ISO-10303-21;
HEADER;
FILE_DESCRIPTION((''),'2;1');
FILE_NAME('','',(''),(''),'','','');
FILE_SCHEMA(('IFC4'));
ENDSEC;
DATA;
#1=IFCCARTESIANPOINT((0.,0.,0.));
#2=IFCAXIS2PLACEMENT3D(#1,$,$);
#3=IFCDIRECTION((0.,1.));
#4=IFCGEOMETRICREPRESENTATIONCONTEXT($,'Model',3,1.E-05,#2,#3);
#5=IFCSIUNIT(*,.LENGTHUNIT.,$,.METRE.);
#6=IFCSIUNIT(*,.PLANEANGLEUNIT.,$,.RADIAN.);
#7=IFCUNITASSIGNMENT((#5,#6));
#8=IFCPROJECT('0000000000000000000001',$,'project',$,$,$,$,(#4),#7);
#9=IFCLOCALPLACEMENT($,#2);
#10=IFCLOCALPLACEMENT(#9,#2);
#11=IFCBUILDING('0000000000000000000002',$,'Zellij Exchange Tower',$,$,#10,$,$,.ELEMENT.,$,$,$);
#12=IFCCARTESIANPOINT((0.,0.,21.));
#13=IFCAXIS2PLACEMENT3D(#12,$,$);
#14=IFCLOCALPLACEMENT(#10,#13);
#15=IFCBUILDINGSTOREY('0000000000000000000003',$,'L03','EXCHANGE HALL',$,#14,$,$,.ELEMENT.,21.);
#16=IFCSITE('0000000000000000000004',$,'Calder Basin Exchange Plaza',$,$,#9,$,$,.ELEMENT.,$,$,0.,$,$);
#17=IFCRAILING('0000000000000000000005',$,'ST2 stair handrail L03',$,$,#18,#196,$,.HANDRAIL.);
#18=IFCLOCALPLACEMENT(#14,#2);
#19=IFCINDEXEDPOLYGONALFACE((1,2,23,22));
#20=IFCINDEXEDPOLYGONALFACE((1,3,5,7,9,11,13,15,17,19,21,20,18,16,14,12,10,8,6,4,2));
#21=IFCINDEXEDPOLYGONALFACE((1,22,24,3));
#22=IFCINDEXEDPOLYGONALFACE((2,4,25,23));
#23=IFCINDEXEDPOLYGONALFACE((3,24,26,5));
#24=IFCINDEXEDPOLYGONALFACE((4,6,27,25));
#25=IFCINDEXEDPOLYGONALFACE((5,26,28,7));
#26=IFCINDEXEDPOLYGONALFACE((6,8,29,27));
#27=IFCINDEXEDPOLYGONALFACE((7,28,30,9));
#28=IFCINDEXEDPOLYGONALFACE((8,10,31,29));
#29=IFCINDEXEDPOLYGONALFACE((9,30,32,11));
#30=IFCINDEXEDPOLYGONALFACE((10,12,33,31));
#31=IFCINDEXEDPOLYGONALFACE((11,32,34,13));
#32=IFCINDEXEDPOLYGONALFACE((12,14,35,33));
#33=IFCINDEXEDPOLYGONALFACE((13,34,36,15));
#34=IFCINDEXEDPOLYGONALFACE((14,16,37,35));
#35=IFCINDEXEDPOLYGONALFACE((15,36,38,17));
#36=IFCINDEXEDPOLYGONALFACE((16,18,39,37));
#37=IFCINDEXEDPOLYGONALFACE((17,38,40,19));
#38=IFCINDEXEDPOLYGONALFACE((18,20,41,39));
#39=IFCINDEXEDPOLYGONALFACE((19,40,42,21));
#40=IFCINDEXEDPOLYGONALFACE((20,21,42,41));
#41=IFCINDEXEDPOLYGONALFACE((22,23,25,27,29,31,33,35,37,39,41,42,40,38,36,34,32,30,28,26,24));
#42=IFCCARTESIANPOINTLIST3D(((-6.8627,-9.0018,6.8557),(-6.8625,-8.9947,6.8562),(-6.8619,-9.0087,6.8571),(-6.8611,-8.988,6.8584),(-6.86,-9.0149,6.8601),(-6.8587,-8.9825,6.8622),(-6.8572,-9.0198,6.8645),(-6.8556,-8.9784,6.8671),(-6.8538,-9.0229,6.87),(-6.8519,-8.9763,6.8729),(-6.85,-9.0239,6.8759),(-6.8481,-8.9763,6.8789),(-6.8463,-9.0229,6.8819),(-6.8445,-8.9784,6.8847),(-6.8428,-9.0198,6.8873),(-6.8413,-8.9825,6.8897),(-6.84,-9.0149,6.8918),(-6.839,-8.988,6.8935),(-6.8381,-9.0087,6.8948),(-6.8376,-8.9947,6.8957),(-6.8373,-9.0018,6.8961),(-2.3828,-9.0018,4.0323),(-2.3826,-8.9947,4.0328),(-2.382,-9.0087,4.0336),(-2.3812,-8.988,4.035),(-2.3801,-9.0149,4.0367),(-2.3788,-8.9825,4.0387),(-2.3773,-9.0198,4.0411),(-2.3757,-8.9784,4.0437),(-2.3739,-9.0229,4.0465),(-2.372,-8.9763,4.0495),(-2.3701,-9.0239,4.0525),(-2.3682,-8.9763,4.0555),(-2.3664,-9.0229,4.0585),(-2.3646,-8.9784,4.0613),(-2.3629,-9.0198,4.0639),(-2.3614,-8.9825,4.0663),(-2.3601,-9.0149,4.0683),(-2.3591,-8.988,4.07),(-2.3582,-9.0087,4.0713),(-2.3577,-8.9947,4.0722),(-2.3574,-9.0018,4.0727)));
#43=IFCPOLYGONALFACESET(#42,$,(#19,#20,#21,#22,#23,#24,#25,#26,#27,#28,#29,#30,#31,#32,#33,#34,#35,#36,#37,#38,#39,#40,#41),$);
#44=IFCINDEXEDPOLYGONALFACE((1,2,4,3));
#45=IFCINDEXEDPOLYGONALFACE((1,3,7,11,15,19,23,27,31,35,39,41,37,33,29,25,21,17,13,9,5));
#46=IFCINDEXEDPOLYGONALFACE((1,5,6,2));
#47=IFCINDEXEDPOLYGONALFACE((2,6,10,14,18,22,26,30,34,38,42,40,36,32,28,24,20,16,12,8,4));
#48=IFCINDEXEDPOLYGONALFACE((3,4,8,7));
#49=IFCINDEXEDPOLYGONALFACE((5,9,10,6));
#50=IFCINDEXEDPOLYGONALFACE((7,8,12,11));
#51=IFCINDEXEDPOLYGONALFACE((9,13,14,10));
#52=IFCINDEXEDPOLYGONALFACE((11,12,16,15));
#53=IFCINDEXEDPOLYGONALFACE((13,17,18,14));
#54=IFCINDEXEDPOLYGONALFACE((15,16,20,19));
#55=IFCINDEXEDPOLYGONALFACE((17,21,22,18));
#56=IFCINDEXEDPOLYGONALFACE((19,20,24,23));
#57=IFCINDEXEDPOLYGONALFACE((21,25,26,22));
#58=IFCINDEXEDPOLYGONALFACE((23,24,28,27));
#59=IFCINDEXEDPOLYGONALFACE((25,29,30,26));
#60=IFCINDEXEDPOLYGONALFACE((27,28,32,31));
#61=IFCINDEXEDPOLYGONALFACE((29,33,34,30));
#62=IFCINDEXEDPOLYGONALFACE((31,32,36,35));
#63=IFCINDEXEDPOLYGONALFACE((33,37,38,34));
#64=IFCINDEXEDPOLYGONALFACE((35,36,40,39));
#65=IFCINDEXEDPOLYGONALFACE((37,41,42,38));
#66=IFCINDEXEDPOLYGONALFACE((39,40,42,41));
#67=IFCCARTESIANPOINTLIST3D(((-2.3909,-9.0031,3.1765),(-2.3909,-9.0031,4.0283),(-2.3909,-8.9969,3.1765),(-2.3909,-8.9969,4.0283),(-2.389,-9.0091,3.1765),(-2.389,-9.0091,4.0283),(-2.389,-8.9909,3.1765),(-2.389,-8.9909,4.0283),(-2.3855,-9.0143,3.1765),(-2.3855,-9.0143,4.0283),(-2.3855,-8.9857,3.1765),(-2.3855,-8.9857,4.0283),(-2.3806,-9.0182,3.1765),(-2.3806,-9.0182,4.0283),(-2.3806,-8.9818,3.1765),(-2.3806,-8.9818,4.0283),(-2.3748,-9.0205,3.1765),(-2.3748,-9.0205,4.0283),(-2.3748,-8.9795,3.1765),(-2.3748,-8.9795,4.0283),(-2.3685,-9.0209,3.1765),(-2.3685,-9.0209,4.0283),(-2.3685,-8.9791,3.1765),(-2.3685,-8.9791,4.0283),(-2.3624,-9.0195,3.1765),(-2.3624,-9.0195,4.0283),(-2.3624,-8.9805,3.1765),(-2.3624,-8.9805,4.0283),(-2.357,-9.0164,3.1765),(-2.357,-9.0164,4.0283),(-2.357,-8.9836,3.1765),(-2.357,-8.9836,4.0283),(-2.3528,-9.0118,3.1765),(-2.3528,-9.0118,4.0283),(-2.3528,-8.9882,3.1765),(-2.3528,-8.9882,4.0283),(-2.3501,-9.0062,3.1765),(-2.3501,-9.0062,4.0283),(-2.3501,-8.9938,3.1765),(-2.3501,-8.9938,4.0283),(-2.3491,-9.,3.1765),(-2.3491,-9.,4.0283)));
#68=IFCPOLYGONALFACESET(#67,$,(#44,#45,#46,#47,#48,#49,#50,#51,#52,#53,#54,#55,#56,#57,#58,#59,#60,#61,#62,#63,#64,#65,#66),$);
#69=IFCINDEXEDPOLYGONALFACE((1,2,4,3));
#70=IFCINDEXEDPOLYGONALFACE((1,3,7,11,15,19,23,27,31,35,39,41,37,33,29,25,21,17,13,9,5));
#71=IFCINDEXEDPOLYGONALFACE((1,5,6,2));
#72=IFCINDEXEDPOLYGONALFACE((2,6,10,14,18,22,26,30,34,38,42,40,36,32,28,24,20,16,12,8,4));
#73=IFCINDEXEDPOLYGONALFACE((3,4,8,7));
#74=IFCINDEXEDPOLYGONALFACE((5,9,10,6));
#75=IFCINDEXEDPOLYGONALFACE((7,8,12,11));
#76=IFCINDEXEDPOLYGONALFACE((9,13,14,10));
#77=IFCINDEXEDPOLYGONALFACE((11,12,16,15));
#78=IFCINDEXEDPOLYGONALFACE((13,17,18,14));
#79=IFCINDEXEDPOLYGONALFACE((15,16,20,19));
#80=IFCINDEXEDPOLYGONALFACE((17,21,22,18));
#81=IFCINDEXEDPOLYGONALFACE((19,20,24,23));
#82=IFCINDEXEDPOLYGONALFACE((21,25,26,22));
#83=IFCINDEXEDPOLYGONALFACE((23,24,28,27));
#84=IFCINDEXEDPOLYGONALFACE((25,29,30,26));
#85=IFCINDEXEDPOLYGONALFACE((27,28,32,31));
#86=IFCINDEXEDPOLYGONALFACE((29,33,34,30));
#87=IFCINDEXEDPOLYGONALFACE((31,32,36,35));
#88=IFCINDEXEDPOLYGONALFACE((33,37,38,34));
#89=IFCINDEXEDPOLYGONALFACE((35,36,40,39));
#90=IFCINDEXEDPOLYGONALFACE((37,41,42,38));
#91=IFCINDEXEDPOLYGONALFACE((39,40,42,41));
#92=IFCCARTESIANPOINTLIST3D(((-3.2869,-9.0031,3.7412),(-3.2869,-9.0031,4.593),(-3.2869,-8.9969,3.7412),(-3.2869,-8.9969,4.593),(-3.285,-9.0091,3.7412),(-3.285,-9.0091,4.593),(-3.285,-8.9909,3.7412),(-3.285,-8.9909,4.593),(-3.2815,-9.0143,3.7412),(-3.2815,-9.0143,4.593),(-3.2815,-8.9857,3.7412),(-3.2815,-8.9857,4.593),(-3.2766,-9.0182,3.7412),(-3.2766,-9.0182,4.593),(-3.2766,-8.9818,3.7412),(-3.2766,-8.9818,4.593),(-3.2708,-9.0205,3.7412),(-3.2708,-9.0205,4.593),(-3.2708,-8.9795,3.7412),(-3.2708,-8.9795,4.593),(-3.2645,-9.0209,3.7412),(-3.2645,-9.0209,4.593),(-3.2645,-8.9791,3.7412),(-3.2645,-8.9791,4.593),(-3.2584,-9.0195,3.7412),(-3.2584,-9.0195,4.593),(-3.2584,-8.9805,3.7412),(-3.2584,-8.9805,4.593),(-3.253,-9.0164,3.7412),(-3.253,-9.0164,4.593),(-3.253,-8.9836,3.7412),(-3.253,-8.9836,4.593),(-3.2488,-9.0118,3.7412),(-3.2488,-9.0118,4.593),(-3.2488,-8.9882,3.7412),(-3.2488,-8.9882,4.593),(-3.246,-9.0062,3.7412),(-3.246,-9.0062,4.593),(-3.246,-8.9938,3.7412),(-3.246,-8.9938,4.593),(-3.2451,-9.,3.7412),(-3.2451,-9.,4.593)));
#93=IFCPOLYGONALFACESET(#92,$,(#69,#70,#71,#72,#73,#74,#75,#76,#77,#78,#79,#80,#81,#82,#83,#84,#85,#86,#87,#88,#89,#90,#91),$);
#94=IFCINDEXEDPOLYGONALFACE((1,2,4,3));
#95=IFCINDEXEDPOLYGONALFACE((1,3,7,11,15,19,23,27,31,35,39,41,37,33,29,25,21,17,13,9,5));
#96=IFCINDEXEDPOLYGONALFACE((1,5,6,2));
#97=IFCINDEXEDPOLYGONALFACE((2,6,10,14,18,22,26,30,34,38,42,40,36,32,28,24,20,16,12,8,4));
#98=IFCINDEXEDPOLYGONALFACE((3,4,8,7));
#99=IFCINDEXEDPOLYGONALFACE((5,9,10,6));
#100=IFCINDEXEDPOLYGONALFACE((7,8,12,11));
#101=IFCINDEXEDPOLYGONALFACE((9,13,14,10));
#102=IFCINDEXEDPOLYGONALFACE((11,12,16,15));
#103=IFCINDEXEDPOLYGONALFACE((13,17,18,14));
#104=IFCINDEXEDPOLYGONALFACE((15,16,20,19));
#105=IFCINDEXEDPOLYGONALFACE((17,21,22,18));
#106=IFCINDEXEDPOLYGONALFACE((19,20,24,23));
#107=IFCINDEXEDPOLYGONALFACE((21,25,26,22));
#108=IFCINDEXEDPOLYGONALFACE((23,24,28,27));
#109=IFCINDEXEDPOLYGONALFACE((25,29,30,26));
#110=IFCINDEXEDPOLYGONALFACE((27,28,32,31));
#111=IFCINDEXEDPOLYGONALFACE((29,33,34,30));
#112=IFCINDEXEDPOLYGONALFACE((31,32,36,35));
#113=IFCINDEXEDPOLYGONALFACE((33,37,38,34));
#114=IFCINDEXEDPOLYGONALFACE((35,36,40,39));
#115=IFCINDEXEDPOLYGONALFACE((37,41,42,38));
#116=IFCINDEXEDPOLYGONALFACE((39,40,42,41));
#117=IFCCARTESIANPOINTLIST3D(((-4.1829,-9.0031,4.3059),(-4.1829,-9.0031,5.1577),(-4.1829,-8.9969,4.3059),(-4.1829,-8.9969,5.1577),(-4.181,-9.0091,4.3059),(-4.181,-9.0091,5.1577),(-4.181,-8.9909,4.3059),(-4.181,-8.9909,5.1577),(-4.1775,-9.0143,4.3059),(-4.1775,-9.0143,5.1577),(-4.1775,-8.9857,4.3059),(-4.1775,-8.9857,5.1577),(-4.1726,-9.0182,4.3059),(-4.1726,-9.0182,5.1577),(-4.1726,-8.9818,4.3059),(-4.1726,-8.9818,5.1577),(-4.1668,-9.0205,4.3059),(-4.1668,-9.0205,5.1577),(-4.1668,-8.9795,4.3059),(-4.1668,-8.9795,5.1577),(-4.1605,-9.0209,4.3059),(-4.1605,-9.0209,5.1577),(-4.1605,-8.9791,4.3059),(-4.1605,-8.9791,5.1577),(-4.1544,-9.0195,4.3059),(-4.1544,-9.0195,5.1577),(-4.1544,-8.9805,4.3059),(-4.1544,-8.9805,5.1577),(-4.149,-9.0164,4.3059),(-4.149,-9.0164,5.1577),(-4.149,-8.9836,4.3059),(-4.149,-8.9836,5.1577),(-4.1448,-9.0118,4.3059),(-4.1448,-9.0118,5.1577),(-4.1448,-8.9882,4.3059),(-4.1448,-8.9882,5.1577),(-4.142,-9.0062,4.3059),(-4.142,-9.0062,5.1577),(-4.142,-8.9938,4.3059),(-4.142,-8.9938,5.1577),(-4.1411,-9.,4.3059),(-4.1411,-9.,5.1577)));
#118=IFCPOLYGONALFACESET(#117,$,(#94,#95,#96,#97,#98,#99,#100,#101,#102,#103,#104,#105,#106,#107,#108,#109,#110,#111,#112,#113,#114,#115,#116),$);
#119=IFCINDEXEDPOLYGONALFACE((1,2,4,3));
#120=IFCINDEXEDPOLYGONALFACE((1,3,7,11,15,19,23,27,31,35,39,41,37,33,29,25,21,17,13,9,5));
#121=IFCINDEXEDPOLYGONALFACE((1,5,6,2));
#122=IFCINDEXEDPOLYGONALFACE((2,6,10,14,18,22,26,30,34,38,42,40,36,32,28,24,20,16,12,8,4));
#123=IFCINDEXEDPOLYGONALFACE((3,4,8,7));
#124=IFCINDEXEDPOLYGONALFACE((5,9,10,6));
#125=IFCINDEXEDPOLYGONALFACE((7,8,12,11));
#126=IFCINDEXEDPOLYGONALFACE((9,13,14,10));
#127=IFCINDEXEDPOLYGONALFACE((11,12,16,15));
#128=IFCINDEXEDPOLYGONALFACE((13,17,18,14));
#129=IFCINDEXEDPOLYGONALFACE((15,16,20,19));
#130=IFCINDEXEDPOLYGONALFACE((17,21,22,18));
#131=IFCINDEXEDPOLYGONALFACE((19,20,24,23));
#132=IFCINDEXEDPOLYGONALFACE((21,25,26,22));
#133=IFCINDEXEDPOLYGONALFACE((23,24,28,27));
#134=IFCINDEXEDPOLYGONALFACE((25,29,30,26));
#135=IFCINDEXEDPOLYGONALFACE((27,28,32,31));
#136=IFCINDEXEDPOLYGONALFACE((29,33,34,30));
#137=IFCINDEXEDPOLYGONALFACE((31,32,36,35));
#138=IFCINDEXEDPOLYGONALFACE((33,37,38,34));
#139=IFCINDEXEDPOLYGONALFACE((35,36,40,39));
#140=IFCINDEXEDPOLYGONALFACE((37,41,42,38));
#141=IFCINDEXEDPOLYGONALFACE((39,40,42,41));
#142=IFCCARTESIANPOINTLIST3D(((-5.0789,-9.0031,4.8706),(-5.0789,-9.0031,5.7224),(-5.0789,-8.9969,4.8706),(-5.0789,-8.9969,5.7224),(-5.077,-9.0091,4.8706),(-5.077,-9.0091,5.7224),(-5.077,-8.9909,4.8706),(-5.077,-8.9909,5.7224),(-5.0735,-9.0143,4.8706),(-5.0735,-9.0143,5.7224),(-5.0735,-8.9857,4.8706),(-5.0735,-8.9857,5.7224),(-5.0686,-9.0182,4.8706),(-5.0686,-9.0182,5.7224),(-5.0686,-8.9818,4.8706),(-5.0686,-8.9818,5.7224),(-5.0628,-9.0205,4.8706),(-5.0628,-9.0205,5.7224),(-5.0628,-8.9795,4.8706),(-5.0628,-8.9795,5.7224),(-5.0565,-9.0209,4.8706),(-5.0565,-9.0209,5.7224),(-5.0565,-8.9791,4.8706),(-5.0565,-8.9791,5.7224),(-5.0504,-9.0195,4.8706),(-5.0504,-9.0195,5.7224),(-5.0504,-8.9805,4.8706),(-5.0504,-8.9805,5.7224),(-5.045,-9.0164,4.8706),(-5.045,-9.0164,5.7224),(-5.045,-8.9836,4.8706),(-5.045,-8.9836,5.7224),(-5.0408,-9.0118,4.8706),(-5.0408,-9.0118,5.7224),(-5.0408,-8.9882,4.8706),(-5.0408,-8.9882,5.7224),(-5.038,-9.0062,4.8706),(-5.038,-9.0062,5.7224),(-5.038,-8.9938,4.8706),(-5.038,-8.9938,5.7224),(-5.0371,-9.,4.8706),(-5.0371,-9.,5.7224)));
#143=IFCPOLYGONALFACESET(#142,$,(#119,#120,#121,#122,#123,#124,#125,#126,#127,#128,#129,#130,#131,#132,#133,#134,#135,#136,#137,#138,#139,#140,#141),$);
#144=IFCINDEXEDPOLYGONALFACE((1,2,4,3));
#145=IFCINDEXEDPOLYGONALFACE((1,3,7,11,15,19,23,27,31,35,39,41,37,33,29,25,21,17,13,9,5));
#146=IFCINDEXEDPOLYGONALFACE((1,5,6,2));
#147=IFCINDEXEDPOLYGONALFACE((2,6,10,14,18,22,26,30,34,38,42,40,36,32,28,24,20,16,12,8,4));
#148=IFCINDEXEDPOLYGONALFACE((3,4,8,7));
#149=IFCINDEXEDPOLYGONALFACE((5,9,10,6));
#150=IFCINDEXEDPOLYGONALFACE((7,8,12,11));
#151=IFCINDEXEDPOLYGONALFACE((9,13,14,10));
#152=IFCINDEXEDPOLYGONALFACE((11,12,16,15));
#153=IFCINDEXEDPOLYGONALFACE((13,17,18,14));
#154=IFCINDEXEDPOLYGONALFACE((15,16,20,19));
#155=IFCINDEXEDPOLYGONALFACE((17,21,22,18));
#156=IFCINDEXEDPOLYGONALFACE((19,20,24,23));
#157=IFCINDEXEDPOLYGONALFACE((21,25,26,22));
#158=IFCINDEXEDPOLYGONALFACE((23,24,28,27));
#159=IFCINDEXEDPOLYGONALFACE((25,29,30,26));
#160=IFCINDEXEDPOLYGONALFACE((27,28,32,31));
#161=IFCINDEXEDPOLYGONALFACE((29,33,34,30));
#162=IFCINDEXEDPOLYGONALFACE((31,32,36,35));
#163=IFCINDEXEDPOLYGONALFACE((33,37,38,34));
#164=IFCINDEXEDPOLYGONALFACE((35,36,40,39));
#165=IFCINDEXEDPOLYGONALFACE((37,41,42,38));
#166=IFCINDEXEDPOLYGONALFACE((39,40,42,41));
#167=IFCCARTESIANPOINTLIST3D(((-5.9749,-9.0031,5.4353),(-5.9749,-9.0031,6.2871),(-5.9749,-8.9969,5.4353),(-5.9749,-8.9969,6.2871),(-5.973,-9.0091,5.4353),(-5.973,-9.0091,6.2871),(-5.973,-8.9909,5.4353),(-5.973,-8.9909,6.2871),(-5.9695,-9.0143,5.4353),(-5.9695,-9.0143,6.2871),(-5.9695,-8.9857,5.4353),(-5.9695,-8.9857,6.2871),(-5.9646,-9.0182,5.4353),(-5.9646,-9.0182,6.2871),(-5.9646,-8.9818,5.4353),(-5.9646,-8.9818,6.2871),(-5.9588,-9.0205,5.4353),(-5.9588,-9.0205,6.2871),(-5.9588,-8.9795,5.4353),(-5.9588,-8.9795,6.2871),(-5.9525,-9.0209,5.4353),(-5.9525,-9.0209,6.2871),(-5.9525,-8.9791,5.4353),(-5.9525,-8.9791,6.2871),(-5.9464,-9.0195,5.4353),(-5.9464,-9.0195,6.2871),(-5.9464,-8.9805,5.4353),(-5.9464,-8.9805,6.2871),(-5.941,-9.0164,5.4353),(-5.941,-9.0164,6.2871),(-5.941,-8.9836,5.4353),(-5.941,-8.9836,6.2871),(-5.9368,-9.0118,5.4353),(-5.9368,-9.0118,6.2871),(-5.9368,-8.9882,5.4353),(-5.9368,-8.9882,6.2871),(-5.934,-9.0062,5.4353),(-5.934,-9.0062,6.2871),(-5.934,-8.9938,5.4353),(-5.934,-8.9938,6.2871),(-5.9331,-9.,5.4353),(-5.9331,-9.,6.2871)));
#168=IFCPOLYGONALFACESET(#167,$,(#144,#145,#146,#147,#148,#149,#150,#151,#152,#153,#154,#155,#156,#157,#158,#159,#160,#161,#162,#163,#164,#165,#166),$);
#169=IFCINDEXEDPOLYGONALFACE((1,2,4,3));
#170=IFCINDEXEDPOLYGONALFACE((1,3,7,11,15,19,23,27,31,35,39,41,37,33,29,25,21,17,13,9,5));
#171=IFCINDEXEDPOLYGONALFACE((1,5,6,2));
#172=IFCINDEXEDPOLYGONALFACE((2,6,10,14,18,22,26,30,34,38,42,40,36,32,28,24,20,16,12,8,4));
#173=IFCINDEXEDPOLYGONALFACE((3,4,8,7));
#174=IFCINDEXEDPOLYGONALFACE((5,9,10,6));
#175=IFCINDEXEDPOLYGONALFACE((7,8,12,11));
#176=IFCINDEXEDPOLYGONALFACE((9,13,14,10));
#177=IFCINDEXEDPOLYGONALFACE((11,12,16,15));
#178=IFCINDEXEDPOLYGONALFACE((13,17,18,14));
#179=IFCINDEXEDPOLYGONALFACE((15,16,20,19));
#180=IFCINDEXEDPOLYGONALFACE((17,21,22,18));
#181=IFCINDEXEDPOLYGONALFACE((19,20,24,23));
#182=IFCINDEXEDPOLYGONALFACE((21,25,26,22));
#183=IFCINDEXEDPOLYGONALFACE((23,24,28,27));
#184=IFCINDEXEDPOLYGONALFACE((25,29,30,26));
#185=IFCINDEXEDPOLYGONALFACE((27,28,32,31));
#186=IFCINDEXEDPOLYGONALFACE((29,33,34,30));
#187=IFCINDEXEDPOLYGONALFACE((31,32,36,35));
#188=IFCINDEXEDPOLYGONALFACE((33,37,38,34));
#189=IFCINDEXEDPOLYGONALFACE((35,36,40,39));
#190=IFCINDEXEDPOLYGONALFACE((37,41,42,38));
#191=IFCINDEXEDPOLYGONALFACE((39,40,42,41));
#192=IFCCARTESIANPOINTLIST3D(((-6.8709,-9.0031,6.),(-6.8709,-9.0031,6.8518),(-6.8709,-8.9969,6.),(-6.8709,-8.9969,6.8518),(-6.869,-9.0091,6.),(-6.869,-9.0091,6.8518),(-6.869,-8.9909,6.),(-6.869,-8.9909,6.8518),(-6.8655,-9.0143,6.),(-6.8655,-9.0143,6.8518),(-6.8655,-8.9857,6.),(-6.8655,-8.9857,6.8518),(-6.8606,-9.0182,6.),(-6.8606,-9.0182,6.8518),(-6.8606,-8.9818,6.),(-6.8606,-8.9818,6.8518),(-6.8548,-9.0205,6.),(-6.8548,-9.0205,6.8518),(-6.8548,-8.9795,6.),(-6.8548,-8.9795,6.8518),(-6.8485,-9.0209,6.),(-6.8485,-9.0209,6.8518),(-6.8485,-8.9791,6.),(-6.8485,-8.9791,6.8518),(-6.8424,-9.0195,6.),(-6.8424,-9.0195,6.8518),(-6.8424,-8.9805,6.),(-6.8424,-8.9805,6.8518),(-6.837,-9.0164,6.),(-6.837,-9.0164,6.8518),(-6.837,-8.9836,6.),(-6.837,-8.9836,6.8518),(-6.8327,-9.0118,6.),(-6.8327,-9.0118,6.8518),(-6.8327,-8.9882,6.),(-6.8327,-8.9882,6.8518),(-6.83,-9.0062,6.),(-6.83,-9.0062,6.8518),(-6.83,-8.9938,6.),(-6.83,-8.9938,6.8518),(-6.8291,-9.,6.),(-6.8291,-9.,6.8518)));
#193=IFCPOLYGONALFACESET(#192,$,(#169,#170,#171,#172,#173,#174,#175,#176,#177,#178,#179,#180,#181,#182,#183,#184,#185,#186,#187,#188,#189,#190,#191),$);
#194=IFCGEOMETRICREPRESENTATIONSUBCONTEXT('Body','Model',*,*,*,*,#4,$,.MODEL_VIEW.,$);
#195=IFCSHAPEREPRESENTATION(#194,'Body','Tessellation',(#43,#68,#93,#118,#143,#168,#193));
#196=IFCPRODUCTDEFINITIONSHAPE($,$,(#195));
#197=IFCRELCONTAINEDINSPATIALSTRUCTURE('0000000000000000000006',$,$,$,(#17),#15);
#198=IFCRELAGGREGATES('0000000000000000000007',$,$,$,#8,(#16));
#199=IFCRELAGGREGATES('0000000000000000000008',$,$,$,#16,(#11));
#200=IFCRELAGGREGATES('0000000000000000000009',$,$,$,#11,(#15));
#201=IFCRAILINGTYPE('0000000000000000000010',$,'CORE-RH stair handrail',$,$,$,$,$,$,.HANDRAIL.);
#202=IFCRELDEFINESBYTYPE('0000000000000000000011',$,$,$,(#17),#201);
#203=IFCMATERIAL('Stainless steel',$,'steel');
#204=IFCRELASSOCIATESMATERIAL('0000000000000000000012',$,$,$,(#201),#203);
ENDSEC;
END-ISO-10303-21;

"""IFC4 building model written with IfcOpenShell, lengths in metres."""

from ifc_helpers import new_model, si_unit, direction, frame, origin, origin_2d, place, context, subcontext, project, spatial, circle, extrude, material, type_object, element, save


model = new_model("IFC4")

# Units and contexts
model_context = context("Model", 3, precision=1e-05, world=origin(), true_north=direction((0.0, 1.0)))
body_context = subcontext(model_context, "Body", "Model", "MODEL_VIEW")
ifc_project = project(units=[si_unit("LENGTHUNIT", "METRE"), si_unit("PLANEANGLEUNIT", "RADIAN")], contexts=[model_context])

# Site, building, storey
site_placement = place(None, origin())
site = spatial("IfcSite", under=ifc_project, at=site_placement, Name="Calder Basin Exchange Plaza", CompositionType="ELEMENT", RefElevation=0.0)
building_placement = place(site_placement, origin())
building = spatial("IfcBuilding", under=site, at=building_placement, Name="Zellij Exchange Tower", CompositionType="ELEMENT")
storey_placement = place(building_placement, frame((0.0, 0.0, 21.0)))
storey = spatial("IfcBuildingStorey", under=building, at=storey_placement, Name="L03", Description="EXCHANGE HALL", CompositionType="ELEMENT", Elevation=21.0)

# Railing
ifc_material_1 = material(Name="Stainless steel", Category="steel")
railing_type_1 = type_object("IfcRailingType", Name="CORE-RH stair handrail", PredefinedType="HANDRAIL", material=ifc_material_1)
railing_1_placement = place(storey_placement, frame((-2.3701, -9.0, 3.1765)))
element("IfcRailing", 1, at=railing_1_placement, inside=storey, type_object=railing_type_1, Name="ST2 stair handrail L03", PredefinedType="HANDRAIL", context=body_context, shape_type="SweptSolid", body=[
    extrude(circle(Radius=0.0239, at=origin_2d()), frame((0.0, 0.0, 0.876), z_axis=(-0.845998, 0.0, 0.533186), x_axis=(0.0, -1.0, 0.0)), (0.0, 0.0, 1.0), 5.2954),
    extrude(circle(Radius=0.021, at=origin_2d()), origin(), (0.0, 0.0, 1.0), 0.8518),
    extrude(circle(Radius=0.021, at=origin_2d()), frame((-0.896, 0.0, 0.5647)), (0.0, 0.0, 1.0), 0.8518),
    extrude(circle(Radius=0.021, at=origin_2d()), frame((-1.792, 0.0, 1.1294)), (0.0, 0.0, 1.0), 0.8518),
    extrude(circle(Radius=0.021, at=origin_2d()), frame((-2.688, 0.0, 1.6941)), (0.0, 0.0, 1.0), 0.8518),
    extrude(circle(Radius=0.021, at=origin_2d()), frame((-3.584, 0.0, 2.2588)), (0.0, 0.0, 1.0), 0.8518),
    extrude(circle(Radius=0.021, at=origin_2d()), frame((-4.48, 0.0, 2.8235)), (0.0, 0.0, 1.0), 0.8518),
])

save(model, "model.ifc")
